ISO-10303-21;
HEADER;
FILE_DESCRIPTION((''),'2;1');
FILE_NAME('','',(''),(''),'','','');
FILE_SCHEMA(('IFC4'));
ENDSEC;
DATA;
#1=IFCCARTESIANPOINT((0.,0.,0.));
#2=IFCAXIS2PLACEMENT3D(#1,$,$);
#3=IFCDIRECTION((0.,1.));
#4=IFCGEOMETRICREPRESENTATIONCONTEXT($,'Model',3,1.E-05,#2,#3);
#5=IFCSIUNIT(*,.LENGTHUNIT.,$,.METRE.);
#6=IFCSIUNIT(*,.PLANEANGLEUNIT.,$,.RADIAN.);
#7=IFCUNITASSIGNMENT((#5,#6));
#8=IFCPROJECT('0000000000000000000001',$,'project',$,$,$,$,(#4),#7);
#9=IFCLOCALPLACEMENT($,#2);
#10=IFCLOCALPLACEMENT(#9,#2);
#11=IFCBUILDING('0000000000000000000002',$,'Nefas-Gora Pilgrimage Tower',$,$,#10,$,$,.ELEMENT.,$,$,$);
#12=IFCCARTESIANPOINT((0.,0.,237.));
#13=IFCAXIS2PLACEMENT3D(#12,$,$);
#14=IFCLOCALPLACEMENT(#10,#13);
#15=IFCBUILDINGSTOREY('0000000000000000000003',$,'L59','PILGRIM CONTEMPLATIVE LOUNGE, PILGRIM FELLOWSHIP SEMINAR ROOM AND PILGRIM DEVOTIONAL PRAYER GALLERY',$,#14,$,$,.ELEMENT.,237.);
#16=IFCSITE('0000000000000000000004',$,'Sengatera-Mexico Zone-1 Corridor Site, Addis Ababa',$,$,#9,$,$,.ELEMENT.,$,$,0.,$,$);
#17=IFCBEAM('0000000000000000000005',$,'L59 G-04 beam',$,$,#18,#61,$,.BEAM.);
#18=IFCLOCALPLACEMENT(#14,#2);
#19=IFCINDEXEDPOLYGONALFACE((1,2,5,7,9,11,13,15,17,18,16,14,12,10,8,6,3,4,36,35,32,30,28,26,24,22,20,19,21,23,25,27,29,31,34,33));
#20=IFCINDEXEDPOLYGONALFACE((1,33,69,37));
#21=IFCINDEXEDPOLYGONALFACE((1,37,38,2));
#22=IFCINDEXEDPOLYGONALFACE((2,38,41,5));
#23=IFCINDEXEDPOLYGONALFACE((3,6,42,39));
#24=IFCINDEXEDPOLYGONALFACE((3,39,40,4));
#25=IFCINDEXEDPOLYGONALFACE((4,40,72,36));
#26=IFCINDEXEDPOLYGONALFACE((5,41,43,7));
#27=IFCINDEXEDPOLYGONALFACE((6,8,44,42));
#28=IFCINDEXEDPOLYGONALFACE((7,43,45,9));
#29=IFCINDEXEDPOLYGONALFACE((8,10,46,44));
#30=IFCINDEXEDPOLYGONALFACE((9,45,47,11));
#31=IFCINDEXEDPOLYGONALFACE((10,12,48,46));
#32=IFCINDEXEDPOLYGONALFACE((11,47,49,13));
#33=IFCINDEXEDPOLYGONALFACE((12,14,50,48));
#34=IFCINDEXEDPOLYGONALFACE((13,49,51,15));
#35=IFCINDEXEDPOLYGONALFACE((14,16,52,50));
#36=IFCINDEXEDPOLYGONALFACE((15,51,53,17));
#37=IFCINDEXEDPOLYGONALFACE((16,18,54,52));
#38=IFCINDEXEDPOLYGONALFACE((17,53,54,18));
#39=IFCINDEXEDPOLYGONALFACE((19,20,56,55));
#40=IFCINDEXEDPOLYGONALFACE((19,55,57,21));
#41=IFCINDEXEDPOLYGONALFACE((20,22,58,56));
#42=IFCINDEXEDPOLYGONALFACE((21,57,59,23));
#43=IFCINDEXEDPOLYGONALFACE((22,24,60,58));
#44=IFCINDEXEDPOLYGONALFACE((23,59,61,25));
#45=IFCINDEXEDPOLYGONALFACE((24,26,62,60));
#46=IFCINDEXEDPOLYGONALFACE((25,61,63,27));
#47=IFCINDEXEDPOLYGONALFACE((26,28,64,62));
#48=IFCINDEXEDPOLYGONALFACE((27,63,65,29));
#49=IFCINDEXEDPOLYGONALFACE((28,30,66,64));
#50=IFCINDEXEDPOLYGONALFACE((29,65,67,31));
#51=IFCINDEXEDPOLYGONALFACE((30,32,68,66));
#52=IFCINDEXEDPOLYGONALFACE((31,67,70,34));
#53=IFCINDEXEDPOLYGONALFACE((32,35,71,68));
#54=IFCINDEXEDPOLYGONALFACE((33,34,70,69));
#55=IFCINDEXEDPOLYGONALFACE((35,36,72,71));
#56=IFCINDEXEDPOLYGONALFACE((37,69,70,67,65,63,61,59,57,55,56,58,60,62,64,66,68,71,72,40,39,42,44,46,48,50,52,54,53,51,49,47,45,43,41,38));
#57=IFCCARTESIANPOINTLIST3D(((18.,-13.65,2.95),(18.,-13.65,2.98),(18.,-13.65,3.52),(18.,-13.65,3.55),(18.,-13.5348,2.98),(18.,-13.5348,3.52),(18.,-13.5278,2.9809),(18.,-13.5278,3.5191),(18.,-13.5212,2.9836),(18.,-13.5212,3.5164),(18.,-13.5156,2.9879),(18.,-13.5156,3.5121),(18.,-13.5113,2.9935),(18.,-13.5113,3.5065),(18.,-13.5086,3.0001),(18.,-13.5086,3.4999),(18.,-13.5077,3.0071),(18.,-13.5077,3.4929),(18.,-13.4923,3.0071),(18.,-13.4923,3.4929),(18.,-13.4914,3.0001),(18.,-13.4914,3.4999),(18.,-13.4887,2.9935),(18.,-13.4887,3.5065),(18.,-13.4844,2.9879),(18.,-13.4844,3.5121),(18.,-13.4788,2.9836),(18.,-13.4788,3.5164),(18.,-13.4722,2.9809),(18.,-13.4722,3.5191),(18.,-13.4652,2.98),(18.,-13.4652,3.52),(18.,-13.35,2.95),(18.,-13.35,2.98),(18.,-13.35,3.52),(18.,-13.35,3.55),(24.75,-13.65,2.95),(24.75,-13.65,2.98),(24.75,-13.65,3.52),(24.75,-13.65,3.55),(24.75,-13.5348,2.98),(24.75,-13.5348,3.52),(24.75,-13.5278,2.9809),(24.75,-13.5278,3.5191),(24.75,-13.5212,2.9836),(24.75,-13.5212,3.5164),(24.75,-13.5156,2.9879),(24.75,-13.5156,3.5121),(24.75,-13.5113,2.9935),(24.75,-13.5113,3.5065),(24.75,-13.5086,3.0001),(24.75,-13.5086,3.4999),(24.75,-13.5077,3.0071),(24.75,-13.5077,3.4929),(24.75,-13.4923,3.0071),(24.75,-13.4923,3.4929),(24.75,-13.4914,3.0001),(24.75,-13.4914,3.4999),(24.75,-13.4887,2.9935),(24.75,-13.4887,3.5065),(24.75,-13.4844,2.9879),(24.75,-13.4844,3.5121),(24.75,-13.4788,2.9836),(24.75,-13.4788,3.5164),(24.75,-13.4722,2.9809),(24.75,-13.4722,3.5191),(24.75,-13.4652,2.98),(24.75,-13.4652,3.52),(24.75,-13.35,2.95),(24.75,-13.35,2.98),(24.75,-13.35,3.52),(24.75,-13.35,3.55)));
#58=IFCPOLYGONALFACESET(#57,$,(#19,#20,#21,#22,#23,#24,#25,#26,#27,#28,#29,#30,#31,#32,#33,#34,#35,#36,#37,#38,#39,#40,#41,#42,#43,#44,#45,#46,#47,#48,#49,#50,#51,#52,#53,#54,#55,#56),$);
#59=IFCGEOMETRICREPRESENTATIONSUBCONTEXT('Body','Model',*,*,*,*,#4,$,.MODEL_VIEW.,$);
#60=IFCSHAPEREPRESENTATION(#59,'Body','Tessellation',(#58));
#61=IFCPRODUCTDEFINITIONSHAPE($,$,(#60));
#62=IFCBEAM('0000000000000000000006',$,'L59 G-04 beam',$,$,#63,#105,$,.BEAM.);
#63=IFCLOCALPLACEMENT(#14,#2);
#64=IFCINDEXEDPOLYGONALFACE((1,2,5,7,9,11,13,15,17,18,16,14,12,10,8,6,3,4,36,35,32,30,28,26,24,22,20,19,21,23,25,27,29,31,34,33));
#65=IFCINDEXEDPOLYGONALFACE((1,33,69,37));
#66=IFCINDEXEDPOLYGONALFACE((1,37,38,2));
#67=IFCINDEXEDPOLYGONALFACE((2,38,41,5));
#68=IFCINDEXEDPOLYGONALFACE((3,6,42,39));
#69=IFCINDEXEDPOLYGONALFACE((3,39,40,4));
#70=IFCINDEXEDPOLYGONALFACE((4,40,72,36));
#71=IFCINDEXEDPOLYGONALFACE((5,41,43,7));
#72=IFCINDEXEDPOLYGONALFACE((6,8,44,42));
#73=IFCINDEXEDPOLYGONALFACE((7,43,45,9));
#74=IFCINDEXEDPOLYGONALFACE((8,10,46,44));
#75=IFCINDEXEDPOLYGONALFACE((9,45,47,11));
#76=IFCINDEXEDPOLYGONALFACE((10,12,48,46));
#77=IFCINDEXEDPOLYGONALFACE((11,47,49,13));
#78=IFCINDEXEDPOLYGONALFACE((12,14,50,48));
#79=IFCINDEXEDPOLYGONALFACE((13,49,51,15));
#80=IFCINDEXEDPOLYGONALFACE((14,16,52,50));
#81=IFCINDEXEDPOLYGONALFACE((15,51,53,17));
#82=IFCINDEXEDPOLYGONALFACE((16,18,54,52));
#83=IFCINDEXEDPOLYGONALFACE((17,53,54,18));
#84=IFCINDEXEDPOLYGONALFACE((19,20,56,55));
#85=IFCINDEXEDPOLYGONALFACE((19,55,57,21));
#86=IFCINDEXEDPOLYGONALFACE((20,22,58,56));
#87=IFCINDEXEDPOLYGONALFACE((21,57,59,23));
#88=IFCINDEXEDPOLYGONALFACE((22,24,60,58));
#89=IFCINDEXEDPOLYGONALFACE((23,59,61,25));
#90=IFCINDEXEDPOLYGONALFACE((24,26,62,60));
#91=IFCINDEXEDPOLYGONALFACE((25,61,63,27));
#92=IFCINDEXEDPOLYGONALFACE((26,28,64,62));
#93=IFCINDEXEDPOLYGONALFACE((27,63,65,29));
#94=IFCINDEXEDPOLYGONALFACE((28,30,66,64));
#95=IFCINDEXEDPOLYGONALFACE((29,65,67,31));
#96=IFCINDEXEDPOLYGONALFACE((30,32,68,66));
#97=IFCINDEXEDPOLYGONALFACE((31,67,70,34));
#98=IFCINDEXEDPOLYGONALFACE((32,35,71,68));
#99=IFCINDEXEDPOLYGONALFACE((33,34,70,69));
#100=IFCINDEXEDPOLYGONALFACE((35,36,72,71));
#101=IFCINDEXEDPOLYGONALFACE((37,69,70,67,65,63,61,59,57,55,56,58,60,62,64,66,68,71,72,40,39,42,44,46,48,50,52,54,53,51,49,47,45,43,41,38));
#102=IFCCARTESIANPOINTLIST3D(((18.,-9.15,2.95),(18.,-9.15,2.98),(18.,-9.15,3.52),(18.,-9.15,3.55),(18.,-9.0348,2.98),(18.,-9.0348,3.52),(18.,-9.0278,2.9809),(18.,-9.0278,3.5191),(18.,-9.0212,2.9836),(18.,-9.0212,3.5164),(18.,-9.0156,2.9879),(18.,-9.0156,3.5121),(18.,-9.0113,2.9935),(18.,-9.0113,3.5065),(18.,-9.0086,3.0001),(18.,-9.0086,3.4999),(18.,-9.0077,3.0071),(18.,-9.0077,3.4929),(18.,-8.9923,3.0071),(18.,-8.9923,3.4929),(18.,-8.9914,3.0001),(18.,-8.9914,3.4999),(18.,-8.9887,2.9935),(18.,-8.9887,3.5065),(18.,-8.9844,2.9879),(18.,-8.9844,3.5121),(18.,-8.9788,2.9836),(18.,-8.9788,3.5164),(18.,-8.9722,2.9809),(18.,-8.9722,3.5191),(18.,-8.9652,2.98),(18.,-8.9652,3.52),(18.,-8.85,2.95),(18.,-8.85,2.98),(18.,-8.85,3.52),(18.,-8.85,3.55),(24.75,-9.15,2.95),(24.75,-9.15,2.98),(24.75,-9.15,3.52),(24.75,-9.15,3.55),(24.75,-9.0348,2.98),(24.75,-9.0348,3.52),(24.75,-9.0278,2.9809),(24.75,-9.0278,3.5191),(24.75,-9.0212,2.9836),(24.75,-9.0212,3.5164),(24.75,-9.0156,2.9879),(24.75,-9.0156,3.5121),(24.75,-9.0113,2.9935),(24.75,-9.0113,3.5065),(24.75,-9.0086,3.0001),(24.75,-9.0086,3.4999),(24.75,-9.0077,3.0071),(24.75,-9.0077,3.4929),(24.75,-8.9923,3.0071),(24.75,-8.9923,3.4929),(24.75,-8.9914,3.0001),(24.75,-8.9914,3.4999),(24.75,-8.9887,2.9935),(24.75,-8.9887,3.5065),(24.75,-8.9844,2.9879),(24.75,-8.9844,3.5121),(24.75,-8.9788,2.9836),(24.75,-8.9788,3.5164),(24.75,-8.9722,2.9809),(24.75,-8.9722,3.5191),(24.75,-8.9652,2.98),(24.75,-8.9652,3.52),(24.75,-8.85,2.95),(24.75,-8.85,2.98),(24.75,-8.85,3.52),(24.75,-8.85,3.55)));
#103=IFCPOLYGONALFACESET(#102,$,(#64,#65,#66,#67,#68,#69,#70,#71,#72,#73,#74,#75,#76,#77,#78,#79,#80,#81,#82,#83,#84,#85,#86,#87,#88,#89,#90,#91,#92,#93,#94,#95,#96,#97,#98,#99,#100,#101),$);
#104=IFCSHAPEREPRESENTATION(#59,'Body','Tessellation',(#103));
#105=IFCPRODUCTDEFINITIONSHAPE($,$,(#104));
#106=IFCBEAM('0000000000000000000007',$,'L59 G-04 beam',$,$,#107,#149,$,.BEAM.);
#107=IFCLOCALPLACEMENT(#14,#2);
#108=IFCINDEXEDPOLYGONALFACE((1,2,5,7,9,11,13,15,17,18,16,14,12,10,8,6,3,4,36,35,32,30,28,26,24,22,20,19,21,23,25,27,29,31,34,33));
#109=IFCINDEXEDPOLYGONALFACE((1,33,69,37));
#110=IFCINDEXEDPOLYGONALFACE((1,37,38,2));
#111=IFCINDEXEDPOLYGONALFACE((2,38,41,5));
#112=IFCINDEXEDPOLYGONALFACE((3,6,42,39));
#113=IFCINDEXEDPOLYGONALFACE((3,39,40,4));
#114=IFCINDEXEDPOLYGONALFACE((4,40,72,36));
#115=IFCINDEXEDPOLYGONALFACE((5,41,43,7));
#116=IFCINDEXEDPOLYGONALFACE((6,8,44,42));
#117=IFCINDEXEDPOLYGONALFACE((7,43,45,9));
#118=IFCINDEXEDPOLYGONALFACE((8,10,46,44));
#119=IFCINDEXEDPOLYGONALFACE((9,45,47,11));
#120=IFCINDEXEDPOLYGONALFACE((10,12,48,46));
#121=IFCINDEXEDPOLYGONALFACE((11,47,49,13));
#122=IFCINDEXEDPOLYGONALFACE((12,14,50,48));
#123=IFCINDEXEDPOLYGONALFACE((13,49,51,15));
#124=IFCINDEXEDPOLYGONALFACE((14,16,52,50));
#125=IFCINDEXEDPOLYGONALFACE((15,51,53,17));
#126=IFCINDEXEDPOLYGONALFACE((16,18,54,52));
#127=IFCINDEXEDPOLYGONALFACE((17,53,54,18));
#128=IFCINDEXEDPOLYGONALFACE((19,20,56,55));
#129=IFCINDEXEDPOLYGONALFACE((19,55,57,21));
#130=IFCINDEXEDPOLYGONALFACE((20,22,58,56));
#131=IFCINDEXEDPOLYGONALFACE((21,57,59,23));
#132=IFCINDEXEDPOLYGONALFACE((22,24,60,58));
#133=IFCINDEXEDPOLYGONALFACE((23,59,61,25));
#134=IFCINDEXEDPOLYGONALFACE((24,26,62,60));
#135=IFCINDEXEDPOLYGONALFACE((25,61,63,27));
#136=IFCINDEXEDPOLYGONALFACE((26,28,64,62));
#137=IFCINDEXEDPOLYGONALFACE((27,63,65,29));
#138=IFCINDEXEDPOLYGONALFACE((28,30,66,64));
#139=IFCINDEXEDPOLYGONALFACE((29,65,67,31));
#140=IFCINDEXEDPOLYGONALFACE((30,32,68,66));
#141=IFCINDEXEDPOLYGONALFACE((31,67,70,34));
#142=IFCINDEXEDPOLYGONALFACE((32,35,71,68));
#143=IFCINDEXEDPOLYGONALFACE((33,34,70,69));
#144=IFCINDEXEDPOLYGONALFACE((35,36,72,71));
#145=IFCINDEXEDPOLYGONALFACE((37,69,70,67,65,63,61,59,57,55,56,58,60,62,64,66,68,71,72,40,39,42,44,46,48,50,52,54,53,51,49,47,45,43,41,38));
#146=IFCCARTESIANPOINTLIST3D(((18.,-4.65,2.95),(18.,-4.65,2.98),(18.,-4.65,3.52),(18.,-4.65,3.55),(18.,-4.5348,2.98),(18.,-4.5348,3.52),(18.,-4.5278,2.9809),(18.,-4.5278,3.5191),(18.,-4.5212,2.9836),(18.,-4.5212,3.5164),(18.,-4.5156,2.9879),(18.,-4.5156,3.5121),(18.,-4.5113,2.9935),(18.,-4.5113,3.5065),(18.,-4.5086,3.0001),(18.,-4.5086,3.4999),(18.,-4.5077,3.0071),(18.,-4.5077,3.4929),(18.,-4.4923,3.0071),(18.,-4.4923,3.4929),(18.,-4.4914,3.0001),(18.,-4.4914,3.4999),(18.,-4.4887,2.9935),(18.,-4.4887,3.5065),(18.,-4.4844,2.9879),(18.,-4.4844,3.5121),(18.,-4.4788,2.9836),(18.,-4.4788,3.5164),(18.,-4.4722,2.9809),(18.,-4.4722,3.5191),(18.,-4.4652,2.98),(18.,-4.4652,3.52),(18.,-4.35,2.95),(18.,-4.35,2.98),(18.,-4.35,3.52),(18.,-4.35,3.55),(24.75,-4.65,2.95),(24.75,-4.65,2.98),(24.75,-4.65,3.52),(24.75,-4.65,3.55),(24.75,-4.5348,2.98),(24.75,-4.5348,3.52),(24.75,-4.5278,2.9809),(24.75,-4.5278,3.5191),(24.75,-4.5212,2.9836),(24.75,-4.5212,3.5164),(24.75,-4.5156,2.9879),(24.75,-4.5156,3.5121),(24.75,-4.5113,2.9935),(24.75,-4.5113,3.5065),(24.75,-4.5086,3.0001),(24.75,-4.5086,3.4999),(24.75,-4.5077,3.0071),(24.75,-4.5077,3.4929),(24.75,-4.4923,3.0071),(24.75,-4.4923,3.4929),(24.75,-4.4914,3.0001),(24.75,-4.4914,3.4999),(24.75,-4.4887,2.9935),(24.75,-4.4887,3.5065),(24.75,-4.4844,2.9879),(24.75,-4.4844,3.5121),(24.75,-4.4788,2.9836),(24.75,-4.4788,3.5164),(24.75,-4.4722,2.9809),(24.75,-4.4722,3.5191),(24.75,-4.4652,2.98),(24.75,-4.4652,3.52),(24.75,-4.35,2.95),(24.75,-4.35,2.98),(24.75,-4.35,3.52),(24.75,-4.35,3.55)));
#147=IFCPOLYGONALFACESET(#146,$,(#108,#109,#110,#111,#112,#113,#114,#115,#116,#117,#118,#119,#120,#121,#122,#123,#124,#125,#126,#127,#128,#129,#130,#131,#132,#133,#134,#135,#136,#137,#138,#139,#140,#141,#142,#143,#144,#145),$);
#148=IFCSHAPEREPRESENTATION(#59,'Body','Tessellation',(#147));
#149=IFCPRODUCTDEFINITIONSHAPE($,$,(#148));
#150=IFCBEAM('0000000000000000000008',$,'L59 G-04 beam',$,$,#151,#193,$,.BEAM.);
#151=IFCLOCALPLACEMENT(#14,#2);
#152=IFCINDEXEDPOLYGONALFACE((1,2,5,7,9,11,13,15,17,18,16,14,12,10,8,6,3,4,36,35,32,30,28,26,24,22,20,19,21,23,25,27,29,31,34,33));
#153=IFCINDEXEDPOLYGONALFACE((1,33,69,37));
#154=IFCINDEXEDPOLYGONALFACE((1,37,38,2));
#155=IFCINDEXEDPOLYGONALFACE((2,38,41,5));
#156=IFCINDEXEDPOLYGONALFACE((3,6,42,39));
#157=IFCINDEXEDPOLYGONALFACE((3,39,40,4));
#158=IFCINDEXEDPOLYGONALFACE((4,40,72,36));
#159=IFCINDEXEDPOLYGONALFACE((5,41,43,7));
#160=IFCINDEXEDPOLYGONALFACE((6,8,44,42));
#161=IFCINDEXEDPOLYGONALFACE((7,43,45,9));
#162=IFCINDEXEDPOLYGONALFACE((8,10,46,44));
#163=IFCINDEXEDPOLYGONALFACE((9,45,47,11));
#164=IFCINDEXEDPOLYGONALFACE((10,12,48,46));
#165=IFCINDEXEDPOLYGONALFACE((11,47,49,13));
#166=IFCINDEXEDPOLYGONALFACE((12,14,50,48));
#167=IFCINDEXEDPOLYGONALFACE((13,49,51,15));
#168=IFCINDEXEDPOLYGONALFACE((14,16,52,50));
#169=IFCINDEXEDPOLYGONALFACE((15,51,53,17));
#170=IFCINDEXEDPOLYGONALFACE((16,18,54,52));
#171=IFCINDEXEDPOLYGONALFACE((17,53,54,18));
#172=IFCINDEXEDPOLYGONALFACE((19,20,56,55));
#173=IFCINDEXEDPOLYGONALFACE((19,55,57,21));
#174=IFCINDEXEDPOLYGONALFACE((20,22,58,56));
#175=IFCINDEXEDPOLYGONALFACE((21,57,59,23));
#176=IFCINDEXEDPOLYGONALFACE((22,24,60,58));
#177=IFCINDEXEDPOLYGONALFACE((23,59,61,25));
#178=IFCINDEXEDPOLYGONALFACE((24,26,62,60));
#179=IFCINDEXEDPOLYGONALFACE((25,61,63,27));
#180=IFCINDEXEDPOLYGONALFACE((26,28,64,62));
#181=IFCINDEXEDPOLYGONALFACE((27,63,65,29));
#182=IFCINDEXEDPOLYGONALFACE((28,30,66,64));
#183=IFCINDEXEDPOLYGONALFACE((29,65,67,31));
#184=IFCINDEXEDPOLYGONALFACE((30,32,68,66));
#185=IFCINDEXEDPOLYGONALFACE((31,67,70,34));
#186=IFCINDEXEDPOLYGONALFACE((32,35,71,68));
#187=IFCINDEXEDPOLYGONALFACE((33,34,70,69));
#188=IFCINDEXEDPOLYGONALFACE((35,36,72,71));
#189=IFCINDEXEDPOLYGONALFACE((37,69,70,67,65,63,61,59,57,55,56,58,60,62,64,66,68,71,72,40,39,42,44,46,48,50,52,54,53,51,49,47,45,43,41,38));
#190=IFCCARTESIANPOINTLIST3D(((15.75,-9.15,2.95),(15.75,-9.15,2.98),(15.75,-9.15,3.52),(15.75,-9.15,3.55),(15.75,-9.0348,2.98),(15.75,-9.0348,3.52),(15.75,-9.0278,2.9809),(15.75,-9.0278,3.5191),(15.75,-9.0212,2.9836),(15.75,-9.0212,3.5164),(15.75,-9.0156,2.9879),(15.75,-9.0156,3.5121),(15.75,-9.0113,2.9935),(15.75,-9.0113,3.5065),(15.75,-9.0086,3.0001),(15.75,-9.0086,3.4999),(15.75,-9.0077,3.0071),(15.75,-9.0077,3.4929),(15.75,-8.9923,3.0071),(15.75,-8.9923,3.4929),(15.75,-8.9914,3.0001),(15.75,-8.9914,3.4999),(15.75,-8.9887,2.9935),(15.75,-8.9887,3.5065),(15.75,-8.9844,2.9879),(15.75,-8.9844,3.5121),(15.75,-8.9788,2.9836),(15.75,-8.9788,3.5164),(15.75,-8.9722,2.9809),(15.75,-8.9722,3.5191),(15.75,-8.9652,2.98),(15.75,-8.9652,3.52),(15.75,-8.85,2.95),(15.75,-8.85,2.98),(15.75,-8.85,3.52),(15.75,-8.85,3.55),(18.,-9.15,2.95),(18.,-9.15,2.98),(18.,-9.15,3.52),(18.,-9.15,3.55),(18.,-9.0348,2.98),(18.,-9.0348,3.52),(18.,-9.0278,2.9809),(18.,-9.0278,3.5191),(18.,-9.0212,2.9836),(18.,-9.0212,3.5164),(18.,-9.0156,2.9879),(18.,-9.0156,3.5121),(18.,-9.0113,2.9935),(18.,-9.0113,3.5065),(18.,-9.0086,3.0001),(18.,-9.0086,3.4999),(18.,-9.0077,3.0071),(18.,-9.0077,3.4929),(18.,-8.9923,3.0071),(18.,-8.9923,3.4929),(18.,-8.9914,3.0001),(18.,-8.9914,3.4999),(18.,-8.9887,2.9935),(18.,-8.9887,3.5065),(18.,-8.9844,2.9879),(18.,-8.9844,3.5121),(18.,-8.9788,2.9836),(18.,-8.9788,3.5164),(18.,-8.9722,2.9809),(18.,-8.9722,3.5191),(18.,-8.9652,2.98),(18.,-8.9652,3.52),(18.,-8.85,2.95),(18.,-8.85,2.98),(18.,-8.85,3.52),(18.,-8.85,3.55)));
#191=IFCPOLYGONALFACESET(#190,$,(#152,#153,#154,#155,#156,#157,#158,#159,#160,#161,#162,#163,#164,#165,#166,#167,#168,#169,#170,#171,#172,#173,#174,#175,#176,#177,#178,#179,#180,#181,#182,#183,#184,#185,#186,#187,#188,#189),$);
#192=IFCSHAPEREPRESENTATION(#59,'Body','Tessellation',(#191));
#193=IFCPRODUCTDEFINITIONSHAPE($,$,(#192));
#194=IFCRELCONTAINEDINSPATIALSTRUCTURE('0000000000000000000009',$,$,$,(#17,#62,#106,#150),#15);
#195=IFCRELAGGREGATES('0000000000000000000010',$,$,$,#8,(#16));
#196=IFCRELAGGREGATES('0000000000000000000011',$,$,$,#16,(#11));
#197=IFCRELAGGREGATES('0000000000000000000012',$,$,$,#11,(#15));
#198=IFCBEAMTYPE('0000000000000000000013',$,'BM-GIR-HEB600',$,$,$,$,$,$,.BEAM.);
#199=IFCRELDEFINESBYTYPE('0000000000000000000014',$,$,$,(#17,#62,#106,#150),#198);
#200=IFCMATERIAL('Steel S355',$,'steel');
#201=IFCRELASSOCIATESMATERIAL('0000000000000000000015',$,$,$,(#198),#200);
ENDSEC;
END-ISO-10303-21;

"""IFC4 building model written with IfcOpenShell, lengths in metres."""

from ifc_helpers import new_model, si_unit, direction, frame, origin, origin_2d, place, context, subcontext, project, spatial, i_section, extrude, source, transform, mapped, material, material_profile, profile_set, type_object, element, save


model = new_model("IFC4")

# Units and contexts
model_context = context("Model", 3, precision=1e-05, world=origin(), true_north=direction((0.0, 1.0)))
body_context = subcontext(model_context, "Body", "Model", "MODEL_VIEW")
ifc_project = project(units=[si_unit("LENGTHUNIT", "METRE"), si_unit("PLANEANGLEUNIT", "RADIAN")], contexts=[model_context])

# Site, building, storey
site_placement = place(None, origin())
site = spatial("IfcSite", under=ifc_project, at=site_placement, Name="Sengatera-Mexico Zone-1 Corridor Site, Addis Ababa", CompositionType="ELEMENT", RefElevation=0.0)
building_placement = place(site_placement, origin())
building = spatial("IfcBuilding", under=site, at=building_placement, Name="Nefas-Gora Pilgrimage Tower", CompositionType="ELEMENT")
storey_placement = place(building_placement, frame((0.0, 0.0, 237.0)))
storey = spatial("IfcBuildingStorey", under=building, at=storey_placement, Name="L59", Description="PILGRIM CONTEMPLATIVE LOUNGE, PILGRIM FELLOWSHIP SEMINAR ROOM AND PILGRIM DEVOTIONAL PRAYER GALLERY", CompositionType="ELEMENT", Elevation=237.0)

# Beams
ifc_material_1 = material(Name="Steel S355", Category="steel")
ifc_material_profile_1 = material_profile(ifc_material_1, i_section(OverallWidth=0.3, OverallDepth=0.6001, WebThickness=0.0154, FlangeThickness=0.03, FilletRadius=0.0271, at=origin_2d()), Name="HEB 600")
ifc_profile_set_1 = profile_set([ifc_material_profile_1], Name="Steel S355")
beam_type_1 = type_object("IfcBeamType", Name="BM-GIR-HEB600", PredefinedType="BEAM", material=ifc_profile_set_1)
shared_shape_1 = source(origin(), body_context, "Body", "SweptSolid", [
    extrude(i_section(OverallWidth=0.3, OverallDepth=0.6001, WebThickness=0.0154, FlangeThickness=0.03, FilletRadius=0.0271, at=origin_2d()), origin(), (0.0, 0.0, 1.0), 6.75),
])
for number, where, z_axis, x_axis, name in (
    (1, (18.0, -13.5, 3.25), (1.0, 0.0, 0.0), (0.0, 1.0, 0.0), "L59 G-04 beam"),
    (2, (18.0, -9.0, 3.25), (1.0, 0.0, 0.0), (0.0, 1.0, 0.0), "L59 G-04 beam"),
    (3, (18.0, -4.5, 3.25), (1.0, 0.0, 0.0), (0.0, 1.0, 0.0), "L59 G-04 beam"),
):
    element("IfcBeam", number, at=place(storey_placement, frame(where, z_axis=z_axis, x_axis=x_axis)), inside=storey, type_object=beam_type_1, Name=name, PredefinedType="BEAM", context=body_context, shape_type="MappedRepresentation", body=[
        mapped(shared_shape_1, transform((0.0, 0.0, 0.0), x_axis=(1.0, 0.0, 0.0), y_axis=(0.0, 1.0, 0.0), z_axis=(0.0, 0.0, 1.0), scale=1.0)),
    ])
shared_shape_2 = source(origin(), body_context, "Body", "SweptSolid", [
    extrude(i_section(OverallWidth=0.3, OverallDepth=0.6001, WebThickness=0.0154, FlangeThickness=0.03, FilletRadius=0.0271, at=origin_2d()), origin(), (0.0, 0.0, 1.0), 2.25),
])
for number, where, z_axis, x_axis, name in (
    (4, (15.75, -9.0, 3.25), (1.0, 0.0, 0.0), (0.0, 1.0, 0.0), "L59 G-04 beam"),
):
    element("IfcBeam", number, at=place(storey_placement, frame(where, z_axis=z_axis, x_axis=x_axis)), inside=storey, type_object=beam_type_1, Name=name, PredefinedType="BEAM", context=body_context, shape_type="MappedRepresentation", body=[
        mapped(shared_shape_2, transform((0.0, 0.0, 0.0), x_axis=(1.0, 0.0, 0.0), y_axis=(0.0, 1.0, 0.0), z_axis=(0.0, 0.0, 1.0), scale=1.0)),
    ])

save(model, "model.ifc")
